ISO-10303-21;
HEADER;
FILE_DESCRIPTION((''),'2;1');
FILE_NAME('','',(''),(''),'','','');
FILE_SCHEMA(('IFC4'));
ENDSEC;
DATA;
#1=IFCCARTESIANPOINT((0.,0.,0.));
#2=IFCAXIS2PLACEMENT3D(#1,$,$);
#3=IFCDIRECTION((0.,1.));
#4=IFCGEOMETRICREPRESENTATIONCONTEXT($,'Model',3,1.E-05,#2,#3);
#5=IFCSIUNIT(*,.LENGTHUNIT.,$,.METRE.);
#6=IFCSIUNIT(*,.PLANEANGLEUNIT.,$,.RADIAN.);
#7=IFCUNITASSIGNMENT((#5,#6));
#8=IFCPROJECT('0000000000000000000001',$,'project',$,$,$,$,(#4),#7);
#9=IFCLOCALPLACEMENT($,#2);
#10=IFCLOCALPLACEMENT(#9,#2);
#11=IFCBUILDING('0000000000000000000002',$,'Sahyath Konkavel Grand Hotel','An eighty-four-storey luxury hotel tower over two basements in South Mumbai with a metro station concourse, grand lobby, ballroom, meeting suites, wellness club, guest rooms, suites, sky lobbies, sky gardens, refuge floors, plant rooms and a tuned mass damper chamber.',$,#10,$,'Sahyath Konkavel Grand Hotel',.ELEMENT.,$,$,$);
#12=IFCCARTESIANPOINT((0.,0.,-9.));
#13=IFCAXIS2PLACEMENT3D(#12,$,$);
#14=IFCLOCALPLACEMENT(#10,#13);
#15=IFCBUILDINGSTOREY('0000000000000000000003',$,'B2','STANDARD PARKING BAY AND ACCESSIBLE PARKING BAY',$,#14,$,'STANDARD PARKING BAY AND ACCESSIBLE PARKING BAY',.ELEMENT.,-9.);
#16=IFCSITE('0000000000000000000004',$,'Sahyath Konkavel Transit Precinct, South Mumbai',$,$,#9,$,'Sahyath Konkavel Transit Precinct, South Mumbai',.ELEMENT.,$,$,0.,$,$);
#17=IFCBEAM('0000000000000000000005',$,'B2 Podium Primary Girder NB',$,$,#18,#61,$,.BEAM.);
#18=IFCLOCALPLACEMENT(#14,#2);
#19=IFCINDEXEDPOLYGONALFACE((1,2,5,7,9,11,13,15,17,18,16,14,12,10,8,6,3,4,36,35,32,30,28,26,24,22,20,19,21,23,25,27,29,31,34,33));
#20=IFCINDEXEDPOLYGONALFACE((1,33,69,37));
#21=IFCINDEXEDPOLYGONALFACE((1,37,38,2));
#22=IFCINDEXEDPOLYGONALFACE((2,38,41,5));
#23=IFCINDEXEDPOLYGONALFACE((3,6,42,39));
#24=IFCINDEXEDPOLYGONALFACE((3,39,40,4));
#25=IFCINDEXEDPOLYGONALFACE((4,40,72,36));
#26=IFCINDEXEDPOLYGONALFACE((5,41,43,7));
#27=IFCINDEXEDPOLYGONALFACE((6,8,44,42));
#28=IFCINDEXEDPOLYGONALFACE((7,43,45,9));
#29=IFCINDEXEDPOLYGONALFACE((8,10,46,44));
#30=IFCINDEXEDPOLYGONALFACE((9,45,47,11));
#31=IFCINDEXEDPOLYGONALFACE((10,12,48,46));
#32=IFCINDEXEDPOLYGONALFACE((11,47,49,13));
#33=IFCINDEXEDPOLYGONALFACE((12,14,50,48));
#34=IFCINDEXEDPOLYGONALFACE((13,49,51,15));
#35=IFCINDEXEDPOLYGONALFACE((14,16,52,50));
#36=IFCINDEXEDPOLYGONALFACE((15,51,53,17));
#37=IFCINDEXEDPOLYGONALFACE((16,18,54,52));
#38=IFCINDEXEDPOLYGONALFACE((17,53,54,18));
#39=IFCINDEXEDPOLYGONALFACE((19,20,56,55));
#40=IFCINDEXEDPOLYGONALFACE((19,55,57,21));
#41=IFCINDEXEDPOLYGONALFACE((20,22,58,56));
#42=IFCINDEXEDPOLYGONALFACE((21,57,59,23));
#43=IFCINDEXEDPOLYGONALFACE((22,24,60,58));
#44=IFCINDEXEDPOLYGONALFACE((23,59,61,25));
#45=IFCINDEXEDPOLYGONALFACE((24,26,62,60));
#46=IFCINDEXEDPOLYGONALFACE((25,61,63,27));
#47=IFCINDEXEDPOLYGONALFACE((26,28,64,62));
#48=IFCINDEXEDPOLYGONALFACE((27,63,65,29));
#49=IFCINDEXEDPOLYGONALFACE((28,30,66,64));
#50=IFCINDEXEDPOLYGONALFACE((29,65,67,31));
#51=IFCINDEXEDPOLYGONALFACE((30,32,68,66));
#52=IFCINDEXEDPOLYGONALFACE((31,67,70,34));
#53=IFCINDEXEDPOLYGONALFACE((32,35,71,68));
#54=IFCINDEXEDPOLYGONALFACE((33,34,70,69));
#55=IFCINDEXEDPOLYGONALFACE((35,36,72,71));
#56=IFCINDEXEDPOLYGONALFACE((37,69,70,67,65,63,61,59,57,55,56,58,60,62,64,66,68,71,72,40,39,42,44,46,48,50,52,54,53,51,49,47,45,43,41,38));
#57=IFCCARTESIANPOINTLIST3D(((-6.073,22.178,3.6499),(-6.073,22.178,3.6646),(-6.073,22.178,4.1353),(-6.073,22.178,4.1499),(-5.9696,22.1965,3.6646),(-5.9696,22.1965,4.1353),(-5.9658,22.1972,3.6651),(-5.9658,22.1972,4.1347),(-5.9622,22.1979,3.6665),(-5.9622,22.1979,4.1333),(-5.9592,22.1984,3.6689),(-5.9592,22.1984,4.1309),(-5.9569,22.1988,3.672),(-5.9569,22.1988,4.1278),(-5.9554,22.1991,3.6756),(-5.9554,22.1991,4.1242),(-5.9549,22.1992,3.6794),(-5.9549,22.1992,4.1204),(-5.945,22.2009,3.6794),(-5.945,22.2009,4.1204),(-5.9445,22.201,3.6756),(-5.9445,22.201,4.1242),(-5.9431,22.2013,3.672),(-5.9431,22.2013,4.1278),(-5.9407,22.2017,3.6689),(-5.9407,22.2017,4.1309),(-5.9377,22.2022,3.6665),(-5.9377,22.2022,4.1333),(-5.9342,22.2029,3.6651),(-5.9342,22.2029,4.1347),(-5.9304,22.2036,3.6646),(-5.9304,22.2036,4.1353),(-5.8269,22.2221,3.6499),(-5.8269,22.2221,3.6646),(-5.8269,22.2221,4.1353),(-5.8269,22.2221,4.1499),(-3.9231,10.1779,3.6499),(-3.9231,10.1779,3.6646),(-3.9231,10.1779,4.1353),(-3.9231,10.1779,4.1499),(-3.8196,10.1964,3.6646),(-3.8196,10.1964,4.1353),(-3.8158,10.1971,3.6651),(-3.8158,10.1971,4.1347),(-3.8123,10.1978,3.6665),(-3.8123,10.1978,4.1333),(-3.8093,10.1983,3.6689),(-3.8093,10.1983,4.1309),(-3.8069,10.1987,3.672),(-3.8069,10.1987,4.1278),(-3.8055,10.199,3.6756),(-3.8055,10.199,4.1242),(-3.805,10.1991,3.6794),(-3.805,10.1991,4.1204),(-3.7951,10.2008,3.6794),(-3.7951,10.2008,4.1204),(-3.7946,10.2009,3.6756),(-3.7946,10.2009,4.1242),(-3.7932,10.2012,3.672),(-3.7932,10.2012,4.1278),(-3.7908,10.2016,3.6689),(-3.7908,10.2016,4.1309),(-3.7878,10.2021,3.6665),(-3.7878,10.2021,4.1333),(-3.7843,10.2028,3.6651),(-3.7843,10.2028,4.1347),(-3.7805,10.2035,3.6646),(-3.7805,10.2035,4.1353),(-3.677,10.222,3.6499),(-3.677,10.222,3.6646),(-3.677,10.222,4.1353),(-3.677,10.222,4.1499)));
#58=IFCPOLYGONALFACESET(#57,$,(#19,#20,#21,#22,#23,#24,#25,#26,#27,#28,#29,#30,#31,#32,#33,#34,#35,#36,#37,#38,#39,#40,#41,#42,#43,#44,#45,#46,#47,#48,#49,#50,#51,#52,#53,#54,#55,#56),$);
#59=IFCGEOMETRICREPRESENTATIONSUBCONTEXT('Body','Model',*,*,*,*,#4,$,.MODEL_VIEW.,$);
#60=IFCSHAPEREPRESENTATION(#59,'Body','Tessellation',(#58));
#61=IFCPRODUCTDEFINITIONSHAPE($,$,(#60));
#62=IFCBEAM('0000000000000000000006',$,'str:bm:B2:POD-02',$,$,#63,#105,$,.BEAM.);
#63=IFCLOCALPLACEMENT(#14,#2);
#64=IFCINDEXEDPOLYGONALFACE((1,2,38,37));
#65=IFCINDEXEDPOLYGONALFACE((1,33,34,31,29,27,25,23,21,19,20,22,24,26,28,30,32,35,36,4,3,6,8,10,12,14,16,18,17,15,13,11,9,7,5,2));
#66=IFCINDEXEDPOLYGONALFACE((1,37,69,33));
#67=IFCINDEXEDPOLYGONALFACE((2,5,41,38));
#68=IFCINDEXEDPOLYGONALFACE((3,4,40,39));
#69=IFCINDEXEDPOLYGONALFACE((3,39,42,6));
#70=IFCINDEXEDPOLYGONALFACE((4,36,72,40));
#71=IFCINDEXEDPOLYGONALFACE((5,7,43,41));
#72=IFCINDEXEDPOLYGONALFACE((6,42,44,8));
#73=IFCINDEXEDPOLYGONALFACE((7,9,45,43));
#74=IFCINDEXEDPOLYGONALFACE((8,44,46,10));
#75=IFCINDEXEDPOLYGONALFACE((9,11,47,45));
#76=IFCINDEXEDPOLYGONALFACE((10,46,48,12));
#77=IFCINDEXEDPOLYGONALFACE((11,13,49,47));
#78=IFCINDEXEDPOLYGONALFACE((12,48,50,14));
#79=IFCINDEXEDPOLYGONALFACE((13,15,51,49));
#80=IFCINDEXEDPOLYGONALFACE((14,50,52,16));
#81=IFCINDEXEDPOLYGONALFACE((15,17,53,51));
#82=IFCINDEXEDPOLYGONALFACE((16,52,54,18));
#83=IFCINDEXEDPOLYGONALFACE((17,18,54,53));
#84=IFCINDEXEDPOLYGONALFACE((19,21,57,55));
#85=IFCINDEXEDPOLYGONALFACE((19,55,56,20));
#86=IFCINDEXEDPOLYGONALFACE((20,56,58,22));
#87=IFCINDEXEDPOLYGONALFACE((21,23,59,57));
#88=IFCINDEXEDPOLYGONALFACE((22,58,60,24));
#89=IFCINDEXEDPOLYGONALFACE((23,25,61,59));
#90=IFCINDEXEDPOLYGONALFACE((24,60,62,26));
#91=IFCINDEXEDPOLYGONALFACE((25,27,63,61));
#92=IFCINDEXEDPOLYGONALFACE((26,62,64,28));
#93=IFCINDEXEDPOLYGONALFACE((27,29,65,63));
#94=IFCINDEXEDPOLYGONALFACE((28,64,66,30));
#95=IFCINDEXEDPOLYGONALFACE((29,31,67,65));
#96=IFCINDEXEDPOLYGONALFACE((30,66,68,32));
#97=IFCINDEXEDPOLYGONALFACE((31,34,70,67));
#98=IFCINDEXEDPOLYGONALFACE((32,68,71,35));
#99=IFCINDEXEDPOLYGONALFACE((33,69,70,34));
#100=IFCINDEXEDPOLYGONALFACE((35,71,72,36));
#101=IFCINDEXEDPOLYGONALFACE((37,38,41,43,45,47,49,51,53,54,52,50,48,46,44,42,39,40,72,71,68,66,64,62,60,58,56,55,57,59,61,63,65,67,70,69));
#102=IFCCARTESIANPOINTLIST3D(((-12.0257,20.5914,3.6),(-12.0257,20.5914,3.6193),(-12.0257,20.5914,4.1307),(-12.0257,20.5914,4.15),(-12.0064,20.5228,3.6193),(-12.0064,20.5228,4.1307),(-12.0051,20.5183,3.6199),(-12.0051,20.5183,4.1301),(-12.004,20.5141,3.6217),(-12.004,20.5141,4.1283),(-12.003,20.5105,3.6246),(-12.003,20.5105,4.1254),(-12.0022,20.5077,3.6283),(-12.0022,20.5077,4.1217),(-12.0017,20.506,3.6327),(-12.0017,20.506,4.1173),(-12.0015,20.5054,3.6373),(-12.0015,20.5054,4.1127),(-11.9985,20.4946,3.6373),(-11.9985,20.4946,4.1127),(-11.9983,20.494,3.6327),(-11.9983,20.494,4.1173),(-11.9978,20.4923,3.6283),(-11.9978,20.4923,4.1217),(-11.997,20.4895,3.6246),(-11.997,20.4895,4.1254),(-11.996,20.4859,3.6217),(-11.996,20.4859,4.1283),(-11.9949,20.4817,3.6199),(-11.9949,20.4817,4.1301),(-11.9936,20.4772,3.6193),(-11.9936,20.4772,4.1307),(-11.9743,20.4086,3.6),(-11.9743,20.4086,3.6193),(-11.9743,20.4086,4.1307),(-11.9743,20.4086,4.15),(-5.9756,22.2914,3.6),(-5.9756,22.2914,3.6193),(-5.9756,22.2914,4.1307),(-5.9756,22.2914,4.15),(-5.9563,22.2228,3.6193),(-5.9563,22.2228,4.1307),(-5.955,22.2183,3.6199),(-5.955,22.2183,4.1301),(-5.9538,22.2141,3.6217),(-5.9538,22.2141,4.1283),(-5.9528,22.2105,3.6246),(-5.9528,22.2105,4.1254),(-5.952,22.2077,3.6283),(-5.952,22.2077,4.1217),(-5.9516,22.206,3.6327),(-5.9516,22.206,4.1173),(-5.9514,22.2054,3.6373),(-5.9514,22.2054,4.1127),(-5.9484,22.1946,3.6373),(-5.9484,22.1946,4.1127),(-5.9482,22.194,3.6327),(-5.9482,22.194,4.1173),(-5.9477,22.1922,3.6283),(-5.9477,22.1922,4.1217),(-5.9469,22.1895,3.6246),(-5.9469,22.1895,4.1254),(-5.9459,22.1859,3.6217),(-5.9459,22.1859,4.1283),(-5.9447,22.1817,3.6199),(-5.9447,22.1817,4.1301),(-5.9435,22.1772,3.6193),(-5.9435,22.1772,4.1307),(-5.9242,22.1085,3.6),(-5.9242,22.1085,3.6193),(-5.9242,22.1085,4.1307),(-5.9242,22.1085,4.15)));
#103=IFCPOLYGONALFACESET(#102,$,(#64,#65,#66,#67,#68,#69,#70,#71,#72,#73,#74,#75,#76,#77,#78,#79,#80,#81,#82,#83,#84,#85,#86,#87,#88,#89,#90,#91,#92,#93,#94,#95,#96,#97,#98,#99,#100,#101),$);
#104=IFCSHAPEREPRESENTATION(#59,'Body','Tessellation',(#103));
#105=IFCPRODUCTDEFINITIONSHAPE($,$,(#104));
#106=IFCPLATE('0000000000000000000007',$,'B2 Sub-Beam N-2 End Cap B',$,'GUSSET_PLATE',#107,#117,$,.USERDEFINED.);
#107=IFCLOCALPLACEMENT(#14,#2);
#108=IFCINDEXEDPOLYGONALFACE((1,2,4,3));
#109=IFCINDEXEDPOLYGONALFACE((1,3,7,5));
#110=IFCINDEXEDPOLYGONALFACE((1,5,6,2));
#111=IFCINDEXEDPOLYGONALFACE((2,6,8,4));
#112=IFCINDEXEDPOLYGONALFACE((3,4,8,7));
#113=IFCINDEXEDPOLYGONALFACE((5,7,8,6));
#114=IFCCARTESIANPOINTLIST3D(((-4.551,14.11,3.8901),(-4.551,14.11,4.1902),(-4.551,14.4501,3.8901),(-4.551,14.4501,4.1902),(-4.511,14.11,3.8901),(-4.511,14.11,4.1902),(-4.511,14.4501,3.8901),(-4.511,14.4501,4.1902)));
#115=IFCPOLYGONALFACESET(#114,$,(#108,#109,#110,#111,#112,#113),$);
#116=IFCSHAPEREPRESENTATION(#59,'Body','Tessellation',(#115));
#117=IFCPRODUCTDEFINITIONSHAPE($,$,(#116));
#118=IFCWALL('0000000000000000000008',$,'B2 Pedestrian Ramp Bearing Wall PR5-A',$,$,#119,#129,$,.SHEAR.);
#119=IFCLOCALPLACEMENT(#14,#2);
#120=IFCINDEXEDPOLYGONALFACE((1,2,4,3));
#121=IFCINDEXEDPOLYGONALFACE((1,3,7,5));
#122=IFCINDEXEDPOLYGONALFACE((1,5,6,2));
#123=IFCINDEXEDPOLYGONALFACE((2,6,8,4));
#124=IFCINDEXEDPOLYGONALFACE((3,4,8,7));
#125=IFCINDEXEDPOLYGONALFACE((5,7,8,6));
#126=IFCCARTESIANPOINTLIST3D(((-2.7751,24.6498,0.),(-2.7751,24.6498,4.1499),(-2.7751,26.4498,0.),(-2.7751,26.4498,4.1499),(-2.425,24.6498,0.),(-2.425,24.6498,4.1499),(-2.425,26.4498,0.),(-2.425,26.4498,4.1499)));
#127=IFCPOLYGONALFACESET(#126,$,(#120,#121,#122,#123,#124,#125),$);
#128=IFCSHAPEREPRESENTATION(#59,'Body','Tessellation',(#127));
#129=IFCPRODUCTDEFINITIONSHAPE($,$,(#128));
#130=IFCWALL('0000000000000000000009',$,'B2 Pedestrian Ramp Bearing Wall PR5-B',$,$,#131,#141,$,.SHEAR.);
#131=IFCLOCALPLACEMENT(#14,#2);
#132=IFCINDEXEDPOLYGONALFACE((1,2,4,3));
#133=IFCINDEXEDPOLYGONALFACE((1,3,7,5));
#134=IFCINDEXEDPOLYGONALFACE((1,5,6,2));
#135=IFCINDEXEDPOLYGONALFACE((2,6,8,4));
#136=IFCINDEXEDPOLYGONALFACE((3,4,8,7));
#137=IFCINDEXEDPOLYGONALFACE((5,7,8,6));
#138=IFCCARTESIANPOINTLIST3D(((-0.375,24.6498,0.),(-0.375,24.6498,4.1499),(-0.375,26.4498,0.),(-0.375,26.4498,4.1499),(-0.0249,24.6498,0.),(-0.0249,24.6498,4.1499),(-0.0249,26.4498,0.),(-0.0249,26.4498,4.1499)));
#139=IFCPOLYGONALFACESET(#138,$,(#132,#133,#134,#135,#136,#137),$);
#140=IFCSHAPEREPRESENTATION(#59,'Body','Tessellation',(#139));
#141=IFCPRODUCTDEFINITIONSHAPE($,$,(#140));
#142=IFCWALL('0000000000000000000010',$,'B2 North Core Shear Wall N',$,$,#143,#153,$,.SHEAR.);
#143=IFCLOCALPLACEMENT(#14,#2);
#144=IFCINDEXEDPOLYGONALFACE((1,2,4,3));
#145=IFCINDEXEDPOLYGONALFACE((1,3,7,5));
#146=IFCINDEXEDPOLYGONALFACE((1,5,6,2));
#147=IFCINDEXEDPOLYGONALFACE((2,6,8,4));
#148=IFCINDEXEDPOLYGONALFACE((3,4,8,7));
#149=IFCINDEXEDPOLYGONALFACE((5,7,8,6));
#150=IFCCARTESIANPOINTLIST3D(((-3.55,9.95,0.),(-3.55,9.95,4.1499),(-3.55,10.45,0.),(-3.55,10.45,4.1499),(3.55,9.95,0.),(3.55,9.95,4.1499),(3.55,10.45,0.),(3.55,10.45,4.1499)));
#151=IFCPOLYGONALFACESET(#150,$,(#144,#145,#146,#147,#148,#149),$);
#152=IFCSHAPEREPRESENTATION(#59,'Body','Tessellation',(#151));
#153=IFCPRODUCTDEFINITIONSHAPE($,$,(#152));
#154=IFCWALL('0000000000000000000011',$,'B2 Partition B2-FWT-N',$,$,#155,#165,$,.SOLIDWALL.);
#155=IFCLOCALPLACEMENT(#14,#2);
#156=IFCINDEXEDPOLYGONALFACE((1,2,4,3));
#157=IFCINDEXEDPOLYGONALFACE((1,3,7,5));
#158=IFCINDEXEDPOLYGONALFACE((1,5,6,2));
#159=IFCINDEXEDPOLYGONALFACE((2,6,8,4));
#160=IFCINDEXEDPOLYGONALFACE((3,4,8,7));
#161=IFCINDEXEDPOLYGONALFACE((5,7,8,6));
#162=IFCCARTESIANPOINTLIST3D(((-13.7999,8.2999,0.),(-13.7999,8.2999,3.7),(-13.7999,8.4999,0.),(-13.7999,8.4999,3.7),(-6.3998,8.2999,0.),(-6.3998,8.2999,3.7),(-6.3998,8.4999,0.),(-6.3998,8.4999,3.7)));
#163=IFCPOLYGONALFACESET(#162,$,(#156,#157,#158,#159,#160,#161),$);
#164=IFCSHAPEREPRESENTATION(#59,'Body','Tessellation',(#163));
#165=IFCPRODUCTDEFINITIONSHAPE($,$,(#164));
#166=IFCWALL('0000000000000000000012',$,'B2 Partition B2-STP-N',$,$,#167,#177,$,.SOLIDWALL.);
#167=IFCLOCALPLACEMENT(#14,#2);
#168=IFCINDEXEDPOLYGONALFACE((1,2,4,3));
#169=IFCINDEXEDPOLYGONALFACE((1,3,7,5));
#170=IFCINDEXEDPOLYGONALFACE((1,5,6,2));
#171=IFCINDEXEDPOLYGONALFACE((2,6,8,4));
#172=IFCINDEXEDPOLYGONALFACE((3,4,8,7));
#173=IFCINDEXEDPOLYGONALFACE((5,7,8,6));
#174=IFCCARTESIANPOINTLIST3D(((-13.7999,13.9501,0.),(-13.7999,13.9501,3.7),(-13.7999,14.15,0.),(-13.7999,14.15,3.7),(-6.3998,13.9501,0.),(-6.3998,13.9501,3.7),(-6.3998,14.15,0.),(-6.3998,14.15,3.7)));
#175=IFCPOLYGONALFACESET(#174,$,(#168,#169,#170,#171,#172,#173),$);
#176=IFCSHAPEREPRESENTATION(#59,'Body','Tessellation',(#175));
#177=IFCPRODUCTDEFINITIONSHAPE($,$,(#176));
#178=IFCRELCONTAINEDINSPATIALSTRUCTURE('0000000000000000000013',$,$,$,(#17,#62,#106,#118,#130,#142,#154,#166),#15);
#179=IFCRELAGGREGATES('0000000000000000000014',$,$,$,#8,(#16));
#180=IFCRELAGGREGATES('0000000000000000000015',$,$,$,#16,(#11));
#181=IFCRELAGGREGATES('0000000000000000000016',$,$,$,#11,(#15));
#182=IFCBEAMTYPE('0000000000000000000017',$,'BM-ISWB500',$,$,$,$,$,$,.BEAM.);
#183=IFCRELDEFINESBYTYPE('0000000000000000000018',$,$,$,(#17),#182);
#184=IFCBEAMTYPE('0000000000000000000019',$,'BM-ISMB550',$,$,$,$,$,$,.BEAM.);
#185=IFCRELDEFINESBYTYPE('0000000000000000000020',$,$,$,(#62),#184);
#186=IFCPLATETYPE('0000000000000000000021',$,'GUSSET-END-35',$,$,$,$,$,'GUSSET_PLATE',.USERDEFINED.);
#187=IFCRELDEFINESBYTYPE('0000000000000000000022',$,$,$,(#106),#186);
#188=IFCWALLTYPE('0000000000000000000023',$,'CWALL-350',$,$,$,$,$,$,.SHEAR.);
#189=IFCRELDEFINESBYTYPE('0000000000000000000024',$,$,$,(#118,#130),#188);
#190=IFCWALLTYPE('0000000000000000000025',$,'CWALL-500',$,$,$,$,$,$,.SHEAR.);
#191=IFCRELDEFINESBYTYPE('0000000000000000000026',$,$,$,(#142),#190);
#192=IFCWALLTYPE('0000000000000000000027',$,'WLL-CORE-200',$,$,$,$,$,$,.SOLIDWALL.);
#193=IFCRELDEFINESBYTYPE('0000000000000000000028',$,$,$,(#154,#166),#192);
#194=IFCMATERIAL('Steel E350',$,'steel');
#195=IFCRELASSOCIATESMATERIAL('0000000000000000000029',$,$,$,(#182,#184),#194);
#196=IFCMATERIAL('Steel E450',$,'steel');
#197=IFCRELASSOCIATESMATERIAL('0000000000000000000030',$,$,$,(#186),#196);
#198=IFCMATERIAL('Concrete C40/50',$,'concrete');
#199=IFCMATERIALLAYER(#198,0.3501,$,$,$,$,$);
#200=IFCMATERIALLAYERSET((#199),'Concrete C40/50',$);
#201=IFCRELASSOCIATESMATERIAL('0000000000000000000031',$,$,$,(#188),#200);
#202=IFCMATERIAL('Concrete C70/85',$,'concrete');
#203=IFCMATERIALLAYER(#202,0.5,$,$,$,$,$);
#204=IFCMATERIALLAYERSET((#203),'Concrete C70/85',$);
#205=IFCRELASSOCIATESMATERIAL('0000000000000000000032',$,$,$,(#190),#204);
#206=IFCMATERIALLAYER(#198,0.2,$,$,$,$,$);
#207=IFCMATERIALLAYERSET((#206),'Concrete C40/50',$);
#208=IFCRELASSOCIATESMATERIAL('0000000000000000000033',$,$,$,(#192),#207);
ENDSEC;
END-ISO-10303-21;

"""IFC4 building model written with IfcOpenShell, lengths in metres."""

from ifc_helpers import new_model, si_unit, direction, frame, frame_2d, origin, origin_2d, place, context, subcontext, project, spatial, rectangle, i_section, extrude, source, transform, mapped, material, layer, layer_set, material_profile, profile_set, type_object, element, save


model = new_model("IFC4")

# Units and contexts
model_context = context("Model", 3, precision=1e-05, world=origin(), true_north=direction((0.0, 1.0)))
body_context = subcontext(model_context, "Body", "Model", "MODEL_VIEW")
ifc_project = project(units=[si_unit("LENGTHUNIT", "METRE"), si_unit("PLANEANGLEUNIT", "RADIAN")], contexts=[model_context])

# Site, building, storey
site_placement = place(None, origin())
site = spatial("IfcSite", under=ifc_project, at=site_placement, Name="Sahyath Konkavel Transit Precinct, South Mumbai", LongName="Sahyath Konkavel Transit Precinct, South Mumbai", CompositionType="ELEMENT", RefElevation=0.0)
building_placement = place(site_placement, origin())
building = spatial("IfcBuilding", under=site, at=building_placement, Name="Sahyath Konkavel Grand Hotel", Description="An eighty-four-storey luxury hotel tower over two basements in South Mumbai with a metro station concourse, grand lobby, ballroom, meeting suites, wellness club, guest rooms, suites, sky lobbies, sky gardens, refuge floors, plant rooms and a tuned mass damper chamber.", LongName="Sahyath Konkavel Grand Hotel", CompositionType="ELEMENT")
storey_placement = place(building_placement, frame((0.0, 0.0, -9.0)))
storey = spatial("IfcBuildingStorey", under=building, at=storey_placement, Name="B2", Description="STANDARD PARKING BAY AND ACCESSIBLE PARKING BAY", LongName="STANDARD PARKING BAY AND ACCESSIBLE PARKING BAY", CompositionType="ELEMENT", Elevation=-9.0)

# Shared definitions
ifc_material_1 = material(Name="Concrete C70/85", Category="concrete")

# Beams
ifc_material_2 = material(Name="Steel E350", Category="steel")
ifc_material_profile_1 = material_profile(ifc_material_2, i_section(OverallWidth=0.25, OverallDepth=0.5, WebThickness=0.01, FlangeThickness=0.0146, FilletRadius=0.0149, at=origin_2d()), Name="ISWB 500")
ifc_profile_set_1 = profile_set([ifc_material_profile_1], Name="Steel E350")
beam_type_1 = type_object("IfcBeamType", Name="BM-ISWB500", PredefinedType="BEAM", material=ifc_profile_set_1)
shared_shape_1 = source(origin(), body_context, "Body", "SweptSolid", [
    extrude(i_section(OverallWidth=0.25, OverallDepth=0.5, WebThickness=0.01, FlangeThickness=0.0146, FilletRadius=0.0149, at=origin_2d()), origin(), (0.0, 0.0, 1.0), 12.1912),
])
beam_1_placement = place(storey_placement, frame((-3.8, 10.2, 3.8999), z_axis=(-0.176351, 0.984327, 0.0), x_axis=(-0.984327, -0.176351, 0.0)))
element("IfcBeam", 1, at=beam_1_placement, inside=storey, type_object=beam_type_1, Name="B2 Podium Primary Girder NB", PredefinedType="BEAM", context=body_context, shape_type="MappedRepresentation", body=[
    mapped(shared_shape_1, transform((0.0, 0.0, 0.0), scale=1.0)),
])
ifc_material_profile_2 = material_profile(ifc_material_2, i_section(OverallWidth=0.1899, OverallDepth=0.55, WebThickness=0.0112, FlangeThickness=0.0193, FilletRadius=0.0181, at=origin_2d()), Name="ISMB 550")
ifc_profile_set_2 = profile_set([ifc_material_profile_2], Name="Steel E350")
beam_type_2 = type_object("IfcBeamType", Name="BM-ISMB550", PredefinedType="BEAM", material=ifc_profile_set_2)
shared_shape_2 = source(origin(), body_context, "Body", "SweptSolid", [
    extrude(i_section(OverallWidth=0.1899, OverallDepth=0.55, WebThickness=0.0112, FlangeThickness=0.0193, FilletRadius=0.0181, at=origin_2d()), origin(), (0.0, 0.0, 1.0), 6.2844),
])
beam_2_placement = place(storey_placement, frame((-12.0, 20.5, 3.875), z_axis=(0.962718, 0.270506, 0.0), x_axis=(-0.270506, 0.962718, 0.0)))
element("IfcBeam", 2, at=beam_2_placement, inside=storey, type_object=beam_type_2, Name="str:bm:B2:POD-02", PredefinedType="BEAM", context=body_context, shape_type="MappedRepresentation", body=[
    mapped(shared_shape_2, transform((0.0, 0.0, 0.0), scale=1.0)),
])

# Plate
ifc_material_3 = material(Name="Steel E450", Category="steel")
plate_type = type_object("IfcPlateType", Name="GUSSET-END-35", ElementType="GUSSET_PLATE", PredefinedType="USERDEFINED", material=ifc_material_3)
shared_shape_3 = source(origin(), body_context, "Body", "SweptSolid", [
    extrude(rectangle(XDim=0.04, YDim=0.3401, at=origin_2d()), origin(), (0.0, 0.0, 1.0), 0.3),
])
plate_placement = place(storey_placement, frame((-4.531, 14.28, 3.8901), z_axis=(0.0, 0.0, 1.0), x_axis=(-1.0, 0.0, 0.0)))
element("IfcPlate", 3, at=plate_placement, inside=storey, type_object=plate_type, Name="B2 Sub-Beam N-2 End Cap B", ObjectType="GUSSET_PLATE", PredefinedType="USERDEFINED", context=body_context, shape_type="MappedRepresentation", body=[
    mapped(shared_shape_3, transform((0.0, 0.0, 0.0), scale=1.0)),
])

# Walls
ifc_material_4 = material(Name="Concrete C40/50", Category="concrete")
ifc_layer_1 = layer(ifc_material_4, 0.3501)
ifc_layer_set_1 = layer_set([ifc_layer_1], Name="Concrete C40/50")
wall_type_1 = type_object("IfcWallType", Name="CWALL-350", PredefinedType="SHEAR", material=ifc_layer_set_1)
for number, where, z_axis, x_axis, name in (
    (4, (-2.6001, 24.6499, 0.0), (0.0, 0.0, 1.0), (0.0, 1.0, 0.0), "B2 Pedestrian Ramp Bearing Wall PR5-A"),
    (5, (-0.2, 24.6499, 0.0), (0.0, 0.0, 1.0), (0.0, 1.0, 0.0), "B2 Pedestrian Ramp Bearing Wall PR5-B"),
):
    element("IfcWall", number, at=place(storey_placement, frame(where, z_axis=z_axis, x_axis=x_axis)), inside=storey, type_object=wall_type_1, Name=name, PredefinedType="SHEAR", context=body_context, shape_type="SweptSolid", body=[
        extrude(rectangle(XDim=1.8, YDim=0.3501, at=frame_2d((0.8999, 0.0))), origin(), (0.0, 0.0, 1.0), 4.1499),
    ])
ifc_layer_2 = layer(ifc_material_1, 0.5)
ifc_layer_set_2 = layer_set([ifc_layer_2], Name="Concrete C70/85")
wall_type_2 = type_object("IfcWallType", Name="CWALL-500", PredefinedType="SHEAR", material=ifc_layer_set_2)
wall_1_placement = place(storey_placement, frame((-3.55, 10.2, 0.0), z_axis=(0.0, 0.0, 1.0), x_axis=(1.0, 0.0, 0.0)))
element("IfcWall", 6, at=wall_1_placement, inside=storey, type_object=wall_type_2, Name="B2 North Core Shear Wall N", PredefinedType="SHEAR", context=body_context, shape_type="SweptSolid", body=[
    extrude(rectangle(XDim=7.1001, YDim=0.5, at=frame_2d((3.55, 0.0))), origin(), (0.0, 0.0, 1.0), 4.1499),
])
ifc_layer_3 = layer(ifc_material_4, 0.2)
ifc_layer_set_3 = layer_set([ifc_layer_3], Name="Concrete C40/50")
wall_type_3 = type_object("IfcWallType", Name="WLL-CORE-200", PredefinedType="SOLIDWALL", material=ifc_layer_set_3)
for number, where, z_axis, x_axis, name in (
    (7, (-13.8, 8.3999, 0.0), (0.0, 0.0, 1.0), (1.0, 0.0, 0.0), "B2 Partition B2-FWT-N"),
    (8, (-13.8, 14.05, 0.0), (0.0, 0.0, 1.0), (1.0, 0.0, 0.0), "B2 Partition B2-STP-N"),
):
    element("IfcWall", number, at=place(storey_placement, frame(where, z_axis=z_axis, x_axis=x_axis)), inside=storey, type_object=wall_type_3, Name=name, PredefinedType="SOLIDWALL", context=body_context, shape_type="SweptSolid", body=[
        extrude(rectangle(XDim=7.4001, YDim=0.2, at=frame_2d((3.7002, 0.0))), origin(), (0.0, 0.0, 1.0), 3.7),
    ])

save(model, "model.ifc")
